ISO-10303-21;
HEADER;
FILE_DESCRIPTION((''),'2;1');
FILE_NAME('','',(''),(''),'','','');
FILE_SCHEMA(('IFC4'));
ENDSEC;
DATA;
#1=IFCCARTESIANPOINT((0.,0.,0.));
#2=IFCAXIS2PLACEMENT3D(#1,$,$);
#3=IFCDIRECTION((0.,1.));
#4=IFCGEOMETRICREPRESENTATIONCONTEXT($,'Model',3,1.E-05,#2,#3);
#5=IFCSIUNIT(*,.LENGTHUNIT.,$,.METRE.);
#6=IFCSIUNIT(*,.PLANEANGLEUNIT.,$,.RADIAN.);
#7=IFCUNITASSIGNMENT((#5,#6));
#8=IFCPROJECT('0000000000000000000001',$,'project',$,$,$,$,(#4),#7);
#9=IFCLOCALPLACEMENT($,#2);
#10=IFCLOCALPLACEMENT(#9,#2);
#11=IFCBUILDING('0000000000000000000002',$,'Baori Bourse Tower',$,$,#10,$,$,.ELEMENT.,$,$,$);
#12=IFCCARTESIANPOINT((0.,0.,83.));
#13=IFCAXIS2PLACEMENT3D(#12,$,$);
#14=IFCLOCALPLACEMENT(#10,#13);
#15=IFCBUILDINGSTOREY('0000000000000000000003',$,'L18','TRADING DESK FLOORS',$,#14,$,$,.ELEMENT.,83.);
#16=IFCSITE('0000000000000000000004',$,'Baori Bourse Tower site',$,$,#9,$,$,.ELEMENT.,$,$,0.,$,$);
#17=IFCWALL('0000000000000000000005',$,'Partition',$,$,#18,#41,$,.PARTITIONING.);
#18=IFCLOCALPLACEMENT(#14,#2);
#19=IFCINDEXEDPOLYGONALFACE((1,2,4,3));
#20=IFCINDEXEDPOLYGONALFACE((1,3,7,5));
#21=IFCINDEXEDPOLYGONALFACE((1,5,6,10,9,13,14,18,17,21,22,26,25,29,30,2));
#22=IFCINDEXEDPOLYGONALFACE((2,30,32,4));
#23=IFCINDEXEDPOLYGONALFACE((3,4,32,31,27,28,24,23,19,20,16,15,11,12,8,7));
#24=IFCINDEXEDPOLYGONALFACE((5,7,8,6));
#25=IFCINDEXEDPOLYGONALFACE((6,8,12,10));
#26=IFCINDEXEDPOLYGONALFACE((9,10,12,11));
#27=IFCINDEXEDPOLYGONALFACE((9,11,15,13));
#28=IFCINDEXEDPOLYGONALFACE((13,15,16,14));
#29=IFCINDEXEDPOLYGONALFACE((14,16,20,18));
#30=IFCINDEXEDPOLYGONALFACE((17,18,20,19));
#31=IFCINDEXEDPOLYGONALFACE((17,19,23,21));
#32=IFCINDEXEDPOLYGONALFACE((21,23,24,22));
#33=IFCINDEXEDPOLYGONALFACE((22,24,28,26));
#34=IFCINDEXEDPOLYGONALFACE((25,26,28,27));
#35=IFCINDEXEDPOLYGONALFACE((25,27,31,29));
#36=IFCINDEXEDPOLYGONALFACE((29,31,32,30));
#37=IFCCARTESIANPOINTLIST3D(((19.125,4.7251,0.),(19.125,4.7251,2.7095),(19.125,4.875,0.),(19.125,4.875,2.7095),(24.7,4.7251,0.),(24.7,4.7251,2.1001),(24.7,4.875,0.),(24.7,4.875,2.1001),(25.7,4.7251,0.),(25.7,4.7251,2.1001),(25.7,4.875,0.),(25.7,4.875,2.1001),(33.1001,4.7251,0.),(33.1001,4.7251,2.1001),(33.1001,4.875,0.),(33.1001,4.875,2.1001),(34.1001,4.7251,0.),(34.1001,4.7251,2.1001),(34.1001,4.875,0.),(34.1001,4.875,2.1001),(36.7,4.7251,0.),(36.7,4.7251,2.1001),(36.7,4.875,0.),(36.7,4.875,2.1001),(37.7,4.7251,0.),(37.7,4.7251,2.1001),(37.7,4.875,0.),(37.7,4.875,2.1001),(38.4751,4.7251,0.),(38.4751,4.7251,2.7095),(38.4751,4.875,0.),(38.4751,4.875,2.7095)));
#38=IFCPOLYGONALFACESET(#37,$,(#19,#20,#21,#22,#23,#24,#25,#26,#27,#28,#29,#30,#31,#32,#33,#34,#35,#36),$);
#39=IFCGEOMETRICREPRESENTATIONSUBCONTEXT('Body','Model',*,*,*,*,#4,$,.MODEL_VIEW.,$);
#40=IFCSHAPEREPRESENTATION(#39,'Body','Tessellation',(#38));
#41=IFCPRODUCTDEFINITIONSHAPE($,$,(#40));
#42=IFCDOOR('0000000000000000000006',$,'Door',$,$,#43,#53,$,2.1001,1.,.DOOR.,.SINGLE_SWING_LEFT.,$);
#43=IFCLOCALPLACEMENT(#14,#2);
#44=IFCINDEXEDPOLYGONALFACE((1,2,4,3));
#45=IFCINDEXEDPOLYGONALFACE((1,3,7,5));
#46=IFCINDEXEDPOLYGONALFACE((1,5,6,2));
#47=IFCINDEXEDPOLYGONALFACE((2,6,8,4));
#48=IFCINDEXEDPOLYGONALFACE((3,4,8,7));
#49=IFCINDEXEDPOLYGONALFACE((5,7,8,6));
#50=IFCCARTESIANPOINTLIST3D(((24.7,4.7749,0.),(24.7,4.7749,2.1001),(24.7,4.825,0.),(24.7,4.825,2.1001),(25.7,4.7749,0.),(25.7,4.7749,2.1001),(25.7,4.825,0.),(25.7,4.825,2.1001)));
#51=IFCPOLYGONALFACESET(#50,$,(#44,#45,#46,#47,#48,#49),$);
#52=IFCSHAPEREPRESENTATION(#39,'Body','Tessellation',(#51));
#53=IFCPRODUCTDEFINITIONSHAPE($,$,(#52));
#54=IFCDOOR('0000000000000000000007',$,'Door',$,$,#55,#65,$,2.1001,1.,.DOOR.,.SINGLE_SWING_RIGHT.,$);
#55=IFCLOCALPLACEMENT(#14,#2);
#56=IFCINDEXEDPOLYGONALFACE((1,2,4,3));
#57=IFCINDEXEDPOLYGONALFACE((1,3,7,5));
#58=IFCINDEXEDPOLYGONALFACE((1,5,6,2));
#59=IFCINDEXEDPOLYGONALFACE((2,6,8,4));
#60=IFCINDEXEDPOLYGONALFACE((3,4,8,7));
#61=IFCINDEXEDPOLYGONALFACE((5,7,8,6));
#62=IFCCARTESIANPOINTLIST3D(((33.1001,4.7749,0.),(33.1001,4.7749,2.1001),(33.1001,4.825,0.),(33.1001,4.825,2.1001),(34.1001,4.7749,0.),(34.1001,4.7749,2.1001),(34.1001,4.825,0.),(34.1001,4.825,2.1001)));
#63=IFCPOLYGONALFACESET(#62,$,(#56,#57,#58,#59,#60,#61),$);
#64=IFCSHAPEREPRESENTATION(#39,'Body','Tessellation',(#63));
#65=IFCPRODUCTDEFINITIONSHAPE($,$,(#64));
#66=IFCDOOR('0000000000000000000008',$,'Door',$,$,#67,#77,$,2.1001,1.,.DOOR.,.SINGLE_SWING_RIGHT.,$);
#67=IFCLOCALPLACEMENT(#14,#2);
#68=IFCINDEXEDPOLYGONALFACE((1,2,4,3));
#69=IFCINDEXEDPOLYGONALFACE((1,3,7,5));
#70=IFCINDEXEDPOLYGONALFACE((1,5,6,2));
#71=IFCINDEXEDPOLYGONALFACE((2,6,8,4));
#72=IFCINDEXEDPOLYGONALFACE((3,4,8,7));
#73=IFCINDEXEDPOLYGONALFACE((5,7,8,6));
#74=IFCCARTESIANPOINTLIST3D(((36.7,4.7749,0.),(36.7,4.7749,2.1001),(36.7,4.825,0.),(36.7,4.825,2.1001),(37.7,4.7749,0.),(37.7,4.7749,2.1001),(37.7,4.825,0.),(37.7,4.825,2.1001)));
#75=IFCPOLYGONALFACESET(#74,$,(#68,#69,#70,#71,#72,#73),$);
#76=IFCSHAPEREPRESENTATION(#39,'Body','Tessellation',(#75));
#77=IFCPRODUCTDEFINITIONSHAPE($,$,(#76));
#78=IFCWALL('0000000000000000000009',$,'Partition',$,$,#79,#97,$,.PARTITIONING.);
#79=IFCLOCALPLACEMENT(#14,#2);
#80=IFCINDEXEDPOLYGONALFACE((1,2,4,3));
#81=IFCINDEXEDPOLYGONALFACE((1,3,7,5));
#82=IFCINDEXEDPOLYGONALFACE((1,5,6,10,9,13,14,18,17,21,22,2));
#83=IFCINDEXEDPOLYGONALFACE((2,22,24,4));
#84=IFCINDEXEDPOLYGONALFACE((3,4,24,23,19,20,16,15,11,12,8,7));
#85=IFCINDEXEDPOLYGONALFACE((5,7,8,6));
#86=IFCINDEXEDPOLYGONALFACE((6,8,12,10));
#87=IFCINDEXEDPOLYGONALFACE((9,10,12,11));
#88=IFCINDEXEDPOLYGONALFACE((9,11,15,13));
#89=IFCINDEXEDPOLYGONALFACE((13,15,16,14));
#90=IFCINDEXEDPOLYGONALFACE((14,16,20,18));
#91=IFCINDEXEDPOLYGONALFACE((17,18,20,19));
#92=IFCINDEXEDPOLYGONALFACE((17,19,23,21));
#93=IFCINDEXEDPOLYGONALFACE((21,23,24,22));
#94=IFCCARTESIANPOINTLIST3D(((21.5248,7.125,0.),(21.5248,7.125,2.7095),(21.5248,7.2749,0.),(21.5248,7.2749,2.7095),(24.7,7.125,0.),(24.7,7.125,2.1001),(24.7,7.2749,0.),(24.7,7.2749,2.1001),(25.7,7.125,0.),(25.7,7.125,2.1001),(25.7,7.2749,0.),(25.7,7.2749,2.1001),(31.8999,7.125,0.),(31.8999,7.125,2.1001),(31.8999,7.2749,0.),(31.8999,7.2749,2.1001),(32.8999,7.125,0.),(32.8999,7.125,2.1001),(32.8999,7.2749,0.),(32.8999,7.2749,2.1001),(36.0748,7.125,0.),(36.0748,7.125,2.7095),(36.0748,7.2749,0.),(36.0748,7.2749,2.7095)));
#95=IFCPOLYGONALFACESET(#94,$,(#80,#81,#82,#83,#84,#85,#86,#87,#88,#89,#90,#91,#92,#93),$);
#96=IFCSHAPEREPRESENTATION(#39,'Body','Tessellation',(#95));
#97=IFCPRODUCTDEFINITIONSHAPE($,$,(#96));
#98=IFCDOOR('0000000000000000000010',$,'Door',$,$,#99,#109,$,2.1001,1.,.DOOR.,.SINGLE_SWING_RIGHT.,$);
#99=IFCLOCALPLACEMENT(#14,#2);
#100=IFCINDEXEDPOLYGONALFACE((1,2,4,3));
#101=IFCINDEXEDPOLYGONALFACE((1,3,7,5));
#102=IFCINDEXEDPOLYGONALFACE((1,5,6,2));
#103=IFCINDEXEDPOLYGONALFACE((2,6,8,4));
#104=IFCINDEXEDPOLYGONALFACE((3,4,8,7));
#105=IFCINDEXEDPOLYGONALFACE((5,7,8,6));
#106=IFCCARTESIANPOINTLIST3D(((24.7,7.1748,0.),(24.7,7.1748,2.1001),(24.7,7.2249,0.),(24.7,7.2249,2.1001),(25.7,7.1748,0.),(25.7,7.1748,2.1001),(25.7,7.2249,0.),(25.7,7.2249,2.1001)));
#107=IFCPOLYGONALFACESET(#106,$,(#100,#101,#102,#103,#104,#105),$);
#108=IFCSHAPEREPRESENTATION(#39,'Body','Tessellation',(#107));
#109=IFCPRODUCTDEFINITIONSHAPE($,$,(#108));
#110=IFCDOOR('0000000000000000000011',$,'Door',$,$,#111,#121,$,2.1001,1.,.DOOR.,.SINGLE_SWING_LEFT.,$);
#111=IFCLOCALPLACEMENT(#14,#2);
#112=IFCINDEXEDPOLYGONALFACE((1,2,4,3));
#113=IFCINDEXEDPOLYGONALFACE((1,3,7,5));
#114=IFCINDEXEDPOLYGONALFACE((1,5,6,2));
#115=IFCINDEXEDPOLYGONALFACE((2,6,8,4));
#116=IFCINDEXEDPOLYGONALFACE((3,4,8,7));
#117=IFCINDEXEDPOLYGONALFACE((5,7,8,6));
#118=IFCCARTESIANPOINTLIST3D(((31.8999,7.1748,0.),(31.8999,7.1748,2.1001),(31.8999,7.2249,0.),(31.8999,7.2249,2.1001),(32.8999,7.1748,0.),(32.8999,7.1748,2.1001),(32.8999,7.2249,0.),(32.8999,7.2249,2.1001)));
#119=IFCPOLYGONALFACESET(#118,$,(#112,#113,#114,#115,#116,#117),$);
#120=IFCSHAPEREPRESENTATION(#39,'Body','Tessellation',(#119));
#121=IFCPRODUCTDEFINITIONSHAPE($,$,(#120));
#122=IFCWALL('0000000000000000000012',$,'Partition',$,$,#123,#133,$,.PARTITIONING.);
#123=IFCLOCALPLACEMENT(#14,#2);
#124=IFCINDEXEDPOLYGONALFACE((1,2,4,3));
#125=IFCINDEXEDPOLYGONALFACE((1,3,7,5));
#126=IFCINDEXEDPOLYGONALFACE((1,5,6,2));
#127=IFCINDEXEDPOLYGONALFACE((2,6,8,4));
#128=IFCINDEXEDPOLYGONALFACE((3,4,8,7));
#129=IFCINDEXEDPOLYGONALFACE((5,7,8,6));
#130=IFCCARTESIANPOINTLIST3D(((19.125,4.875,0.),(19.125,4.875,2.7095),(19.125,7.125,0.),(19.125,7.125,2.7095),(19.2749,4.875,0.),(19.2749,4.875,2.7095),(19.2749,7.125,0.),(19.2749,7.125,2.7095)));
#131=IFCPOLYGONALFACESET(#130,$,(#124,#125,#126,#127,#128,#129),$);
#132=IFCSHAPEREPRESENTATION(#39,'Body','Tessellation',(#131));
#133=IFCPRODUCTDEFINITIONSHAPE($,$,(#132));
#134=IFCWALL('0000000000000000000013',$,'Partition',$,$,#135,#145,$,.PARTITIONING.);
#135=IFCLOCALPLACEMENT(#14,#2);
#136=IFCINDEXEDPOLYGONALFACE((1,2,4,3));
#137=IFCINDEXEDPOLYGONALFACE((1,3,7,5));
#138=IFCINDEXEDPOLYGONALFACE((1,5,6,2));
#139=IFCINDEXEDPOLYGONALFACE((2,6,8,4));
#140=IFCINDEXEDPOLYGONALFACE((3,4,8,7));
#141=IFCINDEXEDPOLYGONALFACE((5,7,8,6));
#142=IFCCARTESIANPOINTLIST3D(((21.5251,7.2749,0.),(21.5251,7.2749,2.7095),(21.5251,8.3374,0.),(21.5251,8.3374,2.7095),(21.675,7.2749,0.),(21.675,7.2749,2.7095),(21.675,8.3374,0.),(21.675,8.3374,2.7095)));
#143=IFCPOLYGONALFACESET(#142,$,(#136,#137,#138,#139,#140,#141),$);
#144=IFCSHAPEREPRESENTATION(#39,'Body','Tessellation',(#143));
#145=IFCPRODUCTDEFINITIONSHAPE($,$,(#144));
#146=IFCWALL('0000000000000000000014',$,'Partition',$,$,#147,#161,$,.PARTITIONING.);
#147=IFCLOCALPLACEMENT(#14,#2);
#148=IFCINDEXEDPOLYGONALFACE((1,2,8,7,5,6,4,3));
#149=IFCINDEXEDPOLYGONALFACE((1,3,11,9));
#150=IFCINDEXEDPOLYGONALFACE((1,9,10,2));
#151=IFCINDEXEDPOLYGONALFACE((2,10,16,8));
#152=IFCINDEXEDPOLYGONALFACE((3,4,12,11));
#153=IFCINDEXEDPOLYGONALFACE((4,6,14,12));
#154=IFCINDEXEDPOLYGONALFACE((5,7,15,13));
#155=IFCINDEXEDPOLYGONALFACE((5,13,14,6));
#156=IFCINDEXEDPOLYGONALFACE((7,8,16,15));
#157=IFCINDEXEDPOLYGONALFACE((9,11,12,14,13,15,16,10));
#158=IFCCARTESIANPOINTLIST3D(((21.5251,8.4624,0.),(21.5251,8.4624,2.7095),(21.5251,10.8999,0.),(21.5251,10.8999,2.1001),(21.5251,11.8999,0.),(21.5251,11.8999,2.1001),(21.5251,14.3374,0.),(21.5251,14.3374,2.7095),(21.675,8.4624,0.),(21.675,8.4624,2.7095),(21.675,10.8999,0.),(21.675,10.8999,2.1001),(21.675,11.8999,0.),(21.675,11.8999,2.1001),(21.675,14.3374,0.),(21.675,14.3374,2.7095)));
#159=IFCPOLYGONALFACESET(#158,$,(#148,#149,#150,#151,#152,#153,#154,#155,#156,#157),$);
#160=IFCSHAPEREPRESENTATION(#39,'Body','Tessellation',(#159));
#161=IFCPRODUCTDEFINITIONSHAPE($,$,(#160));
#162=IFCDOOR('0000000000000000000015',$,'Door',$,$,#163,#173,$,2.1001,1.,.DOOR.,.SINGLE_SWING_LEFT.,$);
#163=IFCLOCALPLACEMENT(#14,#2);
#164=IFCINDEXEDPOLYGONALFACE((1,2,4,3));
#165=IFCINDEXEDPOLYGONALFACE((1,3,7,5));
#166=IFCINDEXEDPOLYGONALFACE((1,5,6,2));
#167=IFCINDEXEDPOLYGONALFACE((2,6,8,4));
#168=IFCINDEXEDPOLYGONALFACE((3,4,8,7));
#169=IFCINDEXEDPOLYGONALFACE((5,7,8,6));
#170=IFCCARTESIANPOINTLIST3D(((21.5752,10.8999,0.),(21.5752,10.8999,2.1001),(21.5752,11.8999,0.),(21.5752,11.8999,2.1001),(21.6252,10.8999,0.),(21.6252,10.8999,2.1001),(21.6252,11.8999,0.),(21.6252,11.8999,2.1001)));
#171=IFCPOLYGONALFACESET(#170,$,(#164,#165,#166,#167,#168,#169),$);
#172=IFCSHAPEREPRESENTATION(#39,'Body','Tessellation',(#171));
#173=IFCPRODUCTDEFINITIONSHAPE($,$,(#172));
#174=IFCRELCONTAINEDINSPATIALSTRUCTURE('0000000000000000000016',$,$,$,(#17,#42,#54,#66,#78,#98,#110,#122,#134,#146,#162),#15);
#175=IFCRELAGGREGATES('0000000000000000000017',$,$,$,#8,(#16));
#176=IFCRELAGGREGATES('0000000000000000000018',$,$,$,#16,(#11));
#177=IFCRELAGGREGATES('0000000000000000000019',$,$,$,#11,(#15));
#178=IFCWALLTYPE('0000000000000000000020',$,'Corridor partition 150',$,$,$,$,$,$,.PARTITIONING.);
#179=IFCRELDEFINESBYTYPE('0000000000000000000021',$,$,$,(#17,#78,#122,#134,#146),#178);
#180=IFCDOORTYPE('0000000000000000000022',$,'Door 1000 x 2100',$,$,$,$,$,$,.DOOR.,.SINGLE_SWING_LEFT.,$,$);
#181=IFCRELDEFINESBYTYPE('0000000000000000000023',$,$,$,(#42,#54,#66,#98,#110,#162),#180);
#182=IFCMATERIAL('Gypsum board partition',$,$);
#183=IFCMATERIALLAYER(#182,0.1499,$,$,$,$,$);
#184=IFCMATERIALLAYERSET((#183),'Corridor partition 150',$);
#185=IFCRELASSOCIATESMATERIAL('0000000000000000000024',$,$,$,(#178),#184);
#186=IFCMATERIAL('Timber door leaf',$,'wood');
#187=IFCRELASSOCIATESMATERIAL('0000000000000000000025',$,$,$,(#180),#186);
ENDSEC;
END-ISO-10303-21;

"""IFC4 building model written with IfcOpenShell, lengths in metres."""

from ifc_helpers import new_model, si_unit, direction, frame, frame_2d, origin, place, context, subcontext, project, spatial, rectangle, extrude, material, layer, layer_set, type_object, element, fill, save


model = new_model("IFC4")

# Units and contexts
model_context = context("Model", 3, precision=1e-05, world=origin(), true_north=direction((0.0, 1.0)))
body_context = subcontext(model_context, "Body", "Model", "MODEL_VIEW")
ifc_project = project(units=[si_unit("LENGTHUNIT", "METRE"), si_unit("PLANEANGLEUNIT", "RADIAN")], contexts=[model_context])

# Site, building, storey
site_placement = place(None, origin())
site = spatial("IfcSite", under=ifc_project, at=site_placement, Name="Baori Bourse Tower site", CompositionType="ELEMENT", RefElevation=0.0)
building_placement = place(site_placement, origin())
building = spatial("IfcBuilding", under=site, at=building_placement, Name="Baori Bourse Tower", CompositionType="ELEMENT")
storey_placement = place(building_placement, frame((0.0, 0.0, 83.0)))
storey = spatial("IfcBuildingStorey", under=building, at=storey_placement, Name="L18", Description="TRADING DESK FLOORS", CompositionType="ELEMENT", Elevation=83.0)

# Walls, openings, doors
ifc_material_1 = material(Name="Gypsum board partition")
ifc_layer_1 = layer(ifc_material_1, 0.1499)
ifc_layer_set_1 = layer_set([ifc_layer_1], Name="Corridor partition 150")
wall_type_1 = type_object("IfcWallType", Name="Corridor partition 150", PredefinedType="PARTITIONING", material=ifc_layer_set_1)
wall_1_placement = place(storey_placement, frame((19.125, 4.8, 0.0), z_axis=(0.0, 0.0, 1.0), x_axis=(1.0, 0.0, 0.0)))
wall_1 = element("IfcWall", 1, at=wall_1_placement, inside=storey, type_object=wall_type_1, Name="Partition", PredefinedType="PARTITIONING", context=body_context, shape_type="SweptSolid", body=[
    extrude(rectangle(XDim=19.3501, YDim=0.1499, at=frame_2d((9.675, 0.0))), origin(), (0.0, 0.0, 1.0), 2.7095),
])
opening_1_placement = place(wall_1_placement, frame((5.575, 0.0, 0.0)))
opening_1 = element("IfcOpeningElement", 2, at=opening_1_placement, cuts=wall_1, PredefinedType="OPENING", context=body_context, shape_type="SweptSolid", body=[
    extrude(rectangle(XDim=1.0, YDim=2.1001, at=frame_2d((0.5, 1.05))), frame((0.0, 0.085, 0.0), z_axis=(0.0, -1.0, 0.0), x_axis=(1.0, 0.0, 0.0)), (0.0, 0.0, 1.0), 0.1699),
])
opening_2_placement = place(wall_1_placement, frame((13.9751, 0.0, 0.0)))
opening_2 = element("IfcOpeningElement", 3, at=opening_2_placement, cuts=wall_1, PredefinedType="OPENING", context=body_context, shape_type="SweptSolid", body=[
    extrude(rectangle(XDim=1.0, YDim=2.1001, at=frame_2d((0.5, 1.05))), frame((0.0, 0.085, 0.0), z_axis=(0.0, -1.0, 0.0), x_axis=(1.0, 0.0, 0.0)), (0.0, 0.0, 1.0), 0.1699),
])
opening_3_placement = place(wall_1_placement, frame((17.575, 0.0, 0.0)))
opening_3 = element("IfcOpeningElement", 4, at=opening_3_placement, cuts=wall_1, PredefinedType="OPENING", context=body_context, shape_type="SweptSolid", body=[
    extrude(rectangle(XDim=1.0, YDim=2.1001, at=frame_2d((0.5, 1.05))), frame((0.0, 0.085, 0.0), z_axis=(0.0, -1.0, 0.0), x_axis=(1.0, 0.0, 0.0)), (0.0, 0.0, 1.0), 0.1699),
])
ifc_material_2 = material(Name="Timber door leaf", Category="wood")
door_type_1 = type_object("IfcDoorType", Name="Door 1000 x 2100", OperationType="SINGLE_SWING_LEFT", PredefinedType="DOOR", material=ifc_material_2)
door_1_placement = place(opening_1_placement, origin())
door_1 = element("IfcDoor", 5, at=door_1_placement, inside=storey, type_object=door_type_1, Name="Door", OperationType="SINGLE_SWING_LEFT", OverallHeight=2.1001, OverallWidth=1.0, PredefinedType="DOOR", context=body_context, shape_type="SweptSolid", body=[
    extrude(rectangle(XDim=1.0, YDim=2.1001, at=frame_2d((0.5, 1.05))), frame((0.0, 0.0249, 0.0), z_axis=(0.0, -1.0, 0.0), x_axis=(1.0, 0.0, 0.0)), (0.0, 0.0, 1.0), 0.05),
])
fill(opening_1, door_1)
door_2_placement = place(opening_2_placement, origin())
door_2 = element("IfcDoor", 6, at=door_2_placement, inside=storey, type_object=door_type_1, Name="Door", OperationType="SINGLE_SWING_RIGHT", OverallHeight=2.1001, OverallWidth=1.0, PredefinedType="DOOR", context=body_context, shape_type="SweptSolid", body=[
    extrude(rectangle(XDim=1.0, YDim=2.1001, at=frame_2d((0.5, 1.05))), frame((0.0, 0.0249, 0.0), z_axis=(0.0, -1.0, 0.0), x_axis=(1.0, 0.0, 0.0)), (0.0, 0.0, 1.0), 0.05),
])
fill(opening_2, door_2)
door_3_placement = place(opening_3_placement, origin())
door_3 = element("IfcDoor", 7, at=door_3_placement, inside=storey, type_object=door_type_1, Name="Door", OperationType="SINGLE_SWING_RIGHT", OverallHeight=2.1001, OverallWidth=1.0, PredefinedType="DOOR", context=body_context, shape_type="SweptSolid", body=[
    extrude(rectangle(XDim=1.0, YDim=2.1001, at=frame_2d((0.5, 1.05))), frame((0.0, 0.0249, 0.0), z_axis=(0.0, -1.0, 0.0), x_axis=(1.0, 0.0, 0.0)), (0.0, 0.0, 1.0), 0.05),
])
fill(opening_3, door_3)
wall_2_placement = place(storey_placement, frame((21.5249, 7.2, 0.0), z_axis=(0.0, 0.0, 1.0), x_axis=(1.0, 0.0, 0.0)))
wall_2 = element("IfcWall", 8, at=wall_2_placement, inside=storey, type_object=wall_type_1, Name="Partition", PredefinedType="PARTITIONING", context=body_context, shape_type="SweptSolid", body=[
    extrude(rectangle(XDim=14.55, YDim=0.1499, at=frame_2d((7.2749, 0.0))), origin(), (0.0, 0.0, 1.0), 2.7095),
])
opening_4_placement = place(wall_2_placement, frame((3.175, 0.0, 0.0)))
opening_4 = element("IfcOpeningElement", 9, at=opening_4_placement, cuts=wall_2, PredefinedType="OPENING", context=body_context, shape_type="SweptSolid", body=[
    extrude(rectangle(XDim=1.0, YDim=2.1001, at=frame_2d((0.5, 1.05))), frame((0.0, 0.085, 0.0), z_axis=(0.0, -1.0, 0.0), x_axis=(1.0, 0.0, 0.0)), (0.0, 0.0, 1.0), 0.1699),
])
opening_5_placement = place(wall_2_placement, frame((10.375, 0.0, 0.0)))
opening_5 = element("IfcOpeningElement", 10, at=opening_5_placement, cuts=wall_2, PredefinedType="OPENING", context=body_context, shape_type="SweptSolid", body=[
    extrude(rectangle(XDim=1.0, YDim=2.1001, at=frame_2d((0.5, 1.05))), frame((0.0, 0.085, 0.0), z_axis=(0.0, -1.0, 0.0), x_axis=(1.0, 0.0, 0.0)), (0.0, 0.0, 1.0), 0.1699),
])
door_4_placement = place(opening_4_placement, origin())
door_4 = element("IfcDoor", 11, at=door_4_placement, inside=storey, type_object=door_type_1, Name="Door", OperationType="SINGLE_SWING_RIGHT", OverallHeight=2.1001, OverallWidth=1.0, PredefinedType="DOOR", context=body_context, shape_type="SweptSolid", body=[
    extrude(rectangle(XDim=1.0, YDim=2.1001, at=frame_2d((0.5, 1.05))), frame((0.0, 0.0249, 0.0), z_axis=(0.0, -1.0, 0.0), x_axis=(1.0, 0.0, 0.0)), (0.0, 0.0, 1.0), 0.05),
])
fill(opening_4, door_4)
door_5_placement = place(opening_5_placement, origin())
door_5 = element("IfcDoor", 12, at=door_5_placement, inside=storey, type_object=door_type_1, Name="Door", OperationType="SINGLE_SWING_LEFT", OverallHeight=2.1001, OverallWidth=1.0, PredefinedType="DOOR", context=body_context, shape_type="SweptSolid", body=[
    extrude(rectangle(XDim=1.0, YDim=2.1001, at=frame_2d((0.5, 1.05))), frame((0.0, 0.0249, 0.0), z_axis=(0.0, -1.0, 0.0), x_axis=(1.0, 0.0, 0.0)), (0.0, 0.0, 1.0), 0.05),
])
fill(opening_5, door_5)

# Walls
wall_3_placement = place(storey_placement, frame((19.2, 4.875, 0.0), z_axis=(0.0, 0.0, 1.0), x_axis=(0.0, 1.0, 0.0)))
element("IfcWall", 13, at=wall_3_placement, inside=storey, type_object=wall_type_1, Name="Partition", PredefinedType="PARTITIONING", context=body_context, shape_type="SweptSolid", body=[
    extrude(rectangle(XDim=2.25, YDim=0.1499, at=frame_2d((1.125, 0.0))), origin(), (0.0, 0.0, 1.0), 2.7095),
])
wall_4_placement = place(storey_placement, frame((21.6001, 7.2749, 0.0), z_axis=(0.0, 0.0, 1.0), x_axis=(0.0, 1.0, 0.0)))
element("IfcWall", 14, at=wall_4_placement, inside=storey, type_object=wall_type_1, Name="Partition", PredefinedType="PARTITIONING", context=body_context, shape_type="SweptSolid", body=[
    extrude(rectangle(XDim=1.0625, YDim=0.1499, at=frame_2d((0.5312, 0.0))), origin(), (0.0, 0.0, 1.0), 2.7095),
])

# Wall, opening, door
wall_5_placement = place(storey_placement, frame((21.6001, 8.4624, 0.0), z_axis=(0.0, 0.0, 1.0), x_axis=(0.0, 1.0, 0.0)))
wall_5 = element("IfcWall", 15, at=wall_5_placement, inside=storey, type_object=wall_type_1, Name="Partition", PredefinedType="PARTITIONING", context=body_context, shape_type="SweptSolid", body=[
    extrude(rectangle(XDim=5.875, YDim=0.1499, at=frame_2d((2.9375, 0.0))), origin(), (0.0, 0.0, 1.0), 2.7095),
])
opening_6_placement = place(wall_5_placement, frame((2.4375, 0.0, 0.0)))
opening_6 = element("IfcOpeningElement", 16, at=opening_6_placement, cuts=wall_5, PredefinedType="OPENING", context=body_context, shape_type="SweptSolid", body=[
    extrude(rectangle(XDim=1.0, YDim=2.1001, at=frame_2d((0.5, 1.05))), frame((0.0, 0.085, 0.0), z_axis=(0.0, -1.0, 0.0), x_axis=(1.0, 0.0, 0.0)), (0.0, 0.0, 1.0), 0.1699),
])
door_6_placement = place(opening_6_placement, origin())
door_6 = element("IfcDoor", 17, at=door_6_placement, inside=storey, type_object=door_type_1, Name="Door", OperationType="SINGLE_SWING_LEFT", OverallHeight=2.1001, OverallWidth=1.0, PredefinedType="DOOR", context=body_context, shape_type="SweptSolid", body=[
    extrude(rectangle(XDim=1.0, YDim=2.1001, at=frame_2d((0.5, 1.05))), frame((0.0, 0.0249, 0.0), z_axis=(0.0, -1.0, 0.0), x_axis=(1.0, 0.0, 0.0)), (0.0, 0.0, 1.0), 0.05),
])
fill(opening_6, door_6)

save(model, "model.ifc")
